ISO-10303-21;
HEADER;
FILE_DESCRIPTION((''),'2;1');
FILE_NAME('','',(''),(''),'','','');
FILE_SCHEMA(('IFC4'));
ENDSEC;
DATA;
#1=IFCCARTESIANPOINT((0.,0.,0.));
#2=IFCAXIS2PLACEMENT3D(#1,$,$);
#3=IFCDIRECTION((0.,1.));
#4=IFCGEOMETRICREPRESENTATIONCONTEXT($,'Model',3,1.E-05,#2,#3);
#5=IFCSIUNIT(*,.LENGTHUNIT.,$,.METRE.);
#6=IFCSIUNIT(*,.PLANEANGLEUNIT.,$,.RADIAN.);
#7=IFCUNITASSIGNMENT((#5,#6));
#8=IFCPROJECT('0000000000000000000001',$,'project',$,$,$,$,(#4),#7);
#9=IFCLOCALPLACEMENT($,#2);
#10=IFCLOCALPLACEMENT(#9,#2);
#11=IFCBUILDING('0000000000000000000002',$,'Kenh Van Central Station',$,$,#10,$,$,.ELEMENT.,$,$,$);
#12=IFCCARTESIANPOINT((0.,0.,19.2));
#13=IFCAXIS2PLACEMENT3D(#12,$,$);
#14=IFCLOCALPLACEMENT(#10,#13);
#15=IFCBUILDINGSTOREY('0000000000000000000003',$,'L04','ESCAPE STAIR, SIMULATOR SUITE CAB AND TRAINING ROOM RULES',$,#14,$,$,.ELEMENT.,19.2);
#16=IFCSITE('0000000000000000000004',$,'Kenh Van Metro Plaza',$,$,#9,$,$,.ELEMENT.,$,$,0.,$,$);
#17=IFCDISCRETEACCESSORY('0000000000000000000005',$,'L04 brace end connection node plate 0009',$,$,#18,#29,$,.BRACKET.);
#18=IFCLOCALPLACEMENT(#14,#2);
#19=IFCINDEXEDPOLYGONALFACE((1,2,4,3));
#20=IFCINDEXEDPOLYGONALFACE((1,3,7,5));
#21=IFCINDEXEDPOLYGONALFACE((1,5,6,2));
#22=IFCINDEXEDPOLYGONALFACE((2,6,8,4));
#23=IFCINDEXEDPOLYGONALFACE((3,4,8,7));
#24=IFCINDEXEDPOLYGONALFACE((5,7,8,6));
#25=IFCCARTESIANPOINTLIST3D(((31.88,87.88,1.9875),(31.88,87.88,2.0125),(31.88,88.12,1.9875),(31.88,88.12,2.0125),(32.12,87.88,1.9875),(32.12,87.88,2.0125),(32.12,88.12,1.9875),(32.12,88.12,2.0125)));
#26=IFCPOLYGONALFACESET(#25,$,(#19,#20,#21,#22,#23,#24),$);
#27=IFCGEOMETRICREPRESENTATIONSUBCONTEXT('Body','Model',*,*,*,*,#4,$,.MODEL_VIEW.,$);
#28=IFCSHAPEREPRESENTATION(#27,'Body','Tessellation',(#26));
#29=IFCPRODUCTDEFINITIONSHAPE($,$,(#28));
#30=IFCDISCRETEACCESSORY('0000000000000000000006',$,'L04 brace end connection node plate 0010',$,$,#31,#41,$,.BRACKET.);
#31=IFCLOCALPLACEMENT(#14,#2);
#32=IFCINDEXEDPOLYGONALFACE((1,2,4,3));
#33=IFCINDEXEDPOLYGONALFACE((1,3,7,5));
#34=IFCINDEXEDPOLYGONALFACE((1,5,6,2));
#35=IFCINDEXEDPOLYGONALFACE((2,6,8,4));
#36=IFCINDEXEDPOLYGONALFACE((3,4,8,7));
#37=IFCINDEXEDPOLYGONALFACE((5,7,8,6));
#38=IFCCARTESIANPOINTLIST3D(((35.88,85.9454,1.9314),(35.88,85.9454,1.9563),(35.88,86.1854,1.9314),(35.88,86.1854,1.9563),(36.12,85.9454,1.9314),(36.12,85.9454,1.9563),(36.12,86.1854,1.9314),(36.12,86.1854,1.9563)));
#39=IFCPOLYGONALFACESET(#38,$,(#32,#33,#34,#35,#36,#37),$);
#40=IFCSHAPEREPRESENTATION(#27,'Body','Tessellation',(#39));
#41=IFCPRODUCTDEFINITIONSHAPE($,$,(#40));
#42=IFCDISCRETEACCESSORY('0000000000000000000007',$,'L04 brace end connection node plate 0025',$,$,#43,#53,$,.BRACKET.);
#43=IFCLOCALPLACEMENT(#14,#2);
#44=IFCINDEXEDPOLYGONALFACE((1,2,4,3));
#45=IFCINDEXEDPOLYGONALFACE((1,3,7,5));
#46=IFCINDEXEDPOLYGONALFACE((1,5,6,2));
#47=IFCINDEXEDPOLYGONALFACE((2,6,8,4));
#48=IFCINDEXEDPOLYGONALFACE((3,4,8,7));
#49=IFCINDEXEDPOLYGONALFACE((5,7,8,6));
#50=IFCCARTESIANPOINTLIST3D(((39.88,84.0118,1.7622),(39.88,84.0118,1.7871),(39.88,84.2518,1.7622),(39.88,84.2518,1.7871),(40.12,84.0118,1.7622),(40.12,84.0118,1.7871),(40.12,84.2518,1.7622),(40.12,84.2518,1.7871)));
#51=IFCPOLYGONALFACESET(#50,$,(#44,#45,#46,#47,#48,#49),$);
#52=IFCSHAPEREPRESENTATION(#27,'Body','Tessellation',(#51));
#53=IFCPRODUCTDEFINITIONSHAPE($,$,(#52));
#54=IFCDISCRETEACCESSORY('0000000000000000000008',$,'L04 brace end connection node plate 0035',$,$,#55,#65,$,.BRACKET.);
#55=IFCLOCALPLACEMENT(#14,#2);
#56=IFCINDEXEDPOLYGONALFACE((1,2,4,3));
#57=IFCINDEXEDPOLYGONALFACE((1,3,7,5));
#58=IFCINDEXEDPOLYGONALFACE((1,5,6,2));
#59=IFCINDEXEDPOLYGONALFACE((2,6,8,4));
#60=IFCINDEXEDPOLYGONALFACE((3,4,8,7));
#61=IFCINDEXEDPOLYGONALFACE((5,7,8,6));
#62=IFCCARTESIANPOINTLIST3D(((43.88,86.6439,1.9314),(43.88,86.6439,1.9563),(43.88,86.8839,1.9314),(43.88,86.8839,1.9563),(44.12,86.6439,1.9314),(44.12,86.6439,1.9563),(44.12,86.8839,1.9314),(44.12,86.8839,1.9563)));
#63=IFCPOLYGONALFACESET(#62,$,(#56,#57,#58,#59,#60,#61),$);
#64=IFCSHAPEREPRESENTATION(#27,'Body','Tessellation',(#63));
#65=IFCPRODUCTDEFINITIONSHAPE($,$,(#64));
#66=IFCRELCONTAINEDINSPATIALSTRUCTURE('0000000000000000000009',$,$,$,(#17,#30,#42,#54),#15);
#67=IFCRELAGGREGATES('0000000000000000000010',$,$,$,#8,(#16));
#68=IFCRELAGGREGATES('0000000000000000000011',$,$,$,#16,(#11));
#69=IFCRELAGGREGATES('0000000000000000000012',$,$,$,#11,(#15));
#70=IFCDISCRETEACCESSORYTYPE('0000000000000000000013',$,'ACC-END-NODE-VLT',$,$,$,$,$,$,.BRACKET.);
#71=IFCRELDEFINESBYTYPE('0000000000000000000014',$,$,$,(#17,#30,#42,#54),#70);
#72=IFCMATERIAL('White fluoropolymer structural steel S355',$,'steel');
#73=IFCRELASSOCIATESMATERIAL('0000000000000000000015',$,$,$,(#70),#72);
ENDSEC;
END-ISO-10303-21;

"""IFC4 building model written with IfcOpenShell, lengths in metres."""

from ifc_helpers import new_model, si_unit, direction, frame, origin, origin_2d, place, context, subcontext, project, spatial, rectangle, extrude, material, type_object, element, save


model = new_model("IFC4")

# Units and contexts
model_context = context("Model", 3, precision=1e-05, world=origin(), true_north=direction((0.0, 1.0)))
body_context = subcontext(model_context, "Body", "Model", "MODEL_VIEW")
ifc_project = project(units=[si_unit("LENGTHUNIT", "METRE"), si_unit("PLANEANGLEUNIT", "RADIAN")], contexts=[model_context])

# Site, building, storey
site_placement = place(None, origin())
site = spatial("IfcSite", under=ifc_project, at=site_placement, Name="Kenh Van Metro Plaza", CompositionType="ELEMENT", RefElevation=0.0)
building_placement = place(site_placement, origin())
building = spatial("IfcBuilding", under=site, at=building_placement, Name="Kenh Van Central Station", CompositionType="ELEMENT")
storey_placement = place(building_placement, frame((0.0, 0.0, 19.2)))
storey = spatial("IfcBuildingStorey", under=building, at=storey_placement, Name="L04", Description="ESCAPE STAIR, SIMULATOR SUITE CAB AND TRAINING ROOM RULES", CompositionType="ELEMENT", Elevation=19.2)

# Shared definitions
ifc_material_1 = material(Name="White fluoropolymer structural steel S355", Category="steel")

# Discrete accessories
discrete_accessory_type_1 = type_object("IfcDiscreteAccessoryType", Name="ACC-END-NODE-VLT", PredefinedType="BRACKET", material=ifc_material_1)
for number, where, z_axis, x_axis, name in (
    (1, (32.0, 88.0, 1.9875), (0.0, 0.0, 1.0), (1.0, 0.0, 0.0), "L04 brace end connection node plate 0009"),
    (2, (36.0, 86.0654, 1.9314), (0.0, 0.0, 1.0), (1.0, 0.0, 0.0), "L04 brace end connection node plate 0010"),
    (3, (40.0, 84.1318, 1.7622), (0.0, 0.0, 1.0), (1.0, 0.0, 0.0), "L04 brace end connection node plate 0025"),
    (4, (44.0, 86.7639, 1.9314), (0.0, 0.0, 1.0), (1.0, 0.0, 0.0), "L04 brace end connection node plate 0035"),
):
    element("IfcDiscreteAccessory", number, at=place(storey_placement, frame(where, z_axis=z_axis, x_axis=x_axis)), inside=storey, type_object=discrete_accessory_type_1, Name=name, PredefinedType="BRACKET", context=body_context, shape_type="SweptSolid", body=[
        extrude(rectangle(XDim=0.24, YDim=0.24, at=origin_2d()), origin(), (0.0, 0.0, 1.0), 0.0249),
    ])

save(model, "model.ifc")
